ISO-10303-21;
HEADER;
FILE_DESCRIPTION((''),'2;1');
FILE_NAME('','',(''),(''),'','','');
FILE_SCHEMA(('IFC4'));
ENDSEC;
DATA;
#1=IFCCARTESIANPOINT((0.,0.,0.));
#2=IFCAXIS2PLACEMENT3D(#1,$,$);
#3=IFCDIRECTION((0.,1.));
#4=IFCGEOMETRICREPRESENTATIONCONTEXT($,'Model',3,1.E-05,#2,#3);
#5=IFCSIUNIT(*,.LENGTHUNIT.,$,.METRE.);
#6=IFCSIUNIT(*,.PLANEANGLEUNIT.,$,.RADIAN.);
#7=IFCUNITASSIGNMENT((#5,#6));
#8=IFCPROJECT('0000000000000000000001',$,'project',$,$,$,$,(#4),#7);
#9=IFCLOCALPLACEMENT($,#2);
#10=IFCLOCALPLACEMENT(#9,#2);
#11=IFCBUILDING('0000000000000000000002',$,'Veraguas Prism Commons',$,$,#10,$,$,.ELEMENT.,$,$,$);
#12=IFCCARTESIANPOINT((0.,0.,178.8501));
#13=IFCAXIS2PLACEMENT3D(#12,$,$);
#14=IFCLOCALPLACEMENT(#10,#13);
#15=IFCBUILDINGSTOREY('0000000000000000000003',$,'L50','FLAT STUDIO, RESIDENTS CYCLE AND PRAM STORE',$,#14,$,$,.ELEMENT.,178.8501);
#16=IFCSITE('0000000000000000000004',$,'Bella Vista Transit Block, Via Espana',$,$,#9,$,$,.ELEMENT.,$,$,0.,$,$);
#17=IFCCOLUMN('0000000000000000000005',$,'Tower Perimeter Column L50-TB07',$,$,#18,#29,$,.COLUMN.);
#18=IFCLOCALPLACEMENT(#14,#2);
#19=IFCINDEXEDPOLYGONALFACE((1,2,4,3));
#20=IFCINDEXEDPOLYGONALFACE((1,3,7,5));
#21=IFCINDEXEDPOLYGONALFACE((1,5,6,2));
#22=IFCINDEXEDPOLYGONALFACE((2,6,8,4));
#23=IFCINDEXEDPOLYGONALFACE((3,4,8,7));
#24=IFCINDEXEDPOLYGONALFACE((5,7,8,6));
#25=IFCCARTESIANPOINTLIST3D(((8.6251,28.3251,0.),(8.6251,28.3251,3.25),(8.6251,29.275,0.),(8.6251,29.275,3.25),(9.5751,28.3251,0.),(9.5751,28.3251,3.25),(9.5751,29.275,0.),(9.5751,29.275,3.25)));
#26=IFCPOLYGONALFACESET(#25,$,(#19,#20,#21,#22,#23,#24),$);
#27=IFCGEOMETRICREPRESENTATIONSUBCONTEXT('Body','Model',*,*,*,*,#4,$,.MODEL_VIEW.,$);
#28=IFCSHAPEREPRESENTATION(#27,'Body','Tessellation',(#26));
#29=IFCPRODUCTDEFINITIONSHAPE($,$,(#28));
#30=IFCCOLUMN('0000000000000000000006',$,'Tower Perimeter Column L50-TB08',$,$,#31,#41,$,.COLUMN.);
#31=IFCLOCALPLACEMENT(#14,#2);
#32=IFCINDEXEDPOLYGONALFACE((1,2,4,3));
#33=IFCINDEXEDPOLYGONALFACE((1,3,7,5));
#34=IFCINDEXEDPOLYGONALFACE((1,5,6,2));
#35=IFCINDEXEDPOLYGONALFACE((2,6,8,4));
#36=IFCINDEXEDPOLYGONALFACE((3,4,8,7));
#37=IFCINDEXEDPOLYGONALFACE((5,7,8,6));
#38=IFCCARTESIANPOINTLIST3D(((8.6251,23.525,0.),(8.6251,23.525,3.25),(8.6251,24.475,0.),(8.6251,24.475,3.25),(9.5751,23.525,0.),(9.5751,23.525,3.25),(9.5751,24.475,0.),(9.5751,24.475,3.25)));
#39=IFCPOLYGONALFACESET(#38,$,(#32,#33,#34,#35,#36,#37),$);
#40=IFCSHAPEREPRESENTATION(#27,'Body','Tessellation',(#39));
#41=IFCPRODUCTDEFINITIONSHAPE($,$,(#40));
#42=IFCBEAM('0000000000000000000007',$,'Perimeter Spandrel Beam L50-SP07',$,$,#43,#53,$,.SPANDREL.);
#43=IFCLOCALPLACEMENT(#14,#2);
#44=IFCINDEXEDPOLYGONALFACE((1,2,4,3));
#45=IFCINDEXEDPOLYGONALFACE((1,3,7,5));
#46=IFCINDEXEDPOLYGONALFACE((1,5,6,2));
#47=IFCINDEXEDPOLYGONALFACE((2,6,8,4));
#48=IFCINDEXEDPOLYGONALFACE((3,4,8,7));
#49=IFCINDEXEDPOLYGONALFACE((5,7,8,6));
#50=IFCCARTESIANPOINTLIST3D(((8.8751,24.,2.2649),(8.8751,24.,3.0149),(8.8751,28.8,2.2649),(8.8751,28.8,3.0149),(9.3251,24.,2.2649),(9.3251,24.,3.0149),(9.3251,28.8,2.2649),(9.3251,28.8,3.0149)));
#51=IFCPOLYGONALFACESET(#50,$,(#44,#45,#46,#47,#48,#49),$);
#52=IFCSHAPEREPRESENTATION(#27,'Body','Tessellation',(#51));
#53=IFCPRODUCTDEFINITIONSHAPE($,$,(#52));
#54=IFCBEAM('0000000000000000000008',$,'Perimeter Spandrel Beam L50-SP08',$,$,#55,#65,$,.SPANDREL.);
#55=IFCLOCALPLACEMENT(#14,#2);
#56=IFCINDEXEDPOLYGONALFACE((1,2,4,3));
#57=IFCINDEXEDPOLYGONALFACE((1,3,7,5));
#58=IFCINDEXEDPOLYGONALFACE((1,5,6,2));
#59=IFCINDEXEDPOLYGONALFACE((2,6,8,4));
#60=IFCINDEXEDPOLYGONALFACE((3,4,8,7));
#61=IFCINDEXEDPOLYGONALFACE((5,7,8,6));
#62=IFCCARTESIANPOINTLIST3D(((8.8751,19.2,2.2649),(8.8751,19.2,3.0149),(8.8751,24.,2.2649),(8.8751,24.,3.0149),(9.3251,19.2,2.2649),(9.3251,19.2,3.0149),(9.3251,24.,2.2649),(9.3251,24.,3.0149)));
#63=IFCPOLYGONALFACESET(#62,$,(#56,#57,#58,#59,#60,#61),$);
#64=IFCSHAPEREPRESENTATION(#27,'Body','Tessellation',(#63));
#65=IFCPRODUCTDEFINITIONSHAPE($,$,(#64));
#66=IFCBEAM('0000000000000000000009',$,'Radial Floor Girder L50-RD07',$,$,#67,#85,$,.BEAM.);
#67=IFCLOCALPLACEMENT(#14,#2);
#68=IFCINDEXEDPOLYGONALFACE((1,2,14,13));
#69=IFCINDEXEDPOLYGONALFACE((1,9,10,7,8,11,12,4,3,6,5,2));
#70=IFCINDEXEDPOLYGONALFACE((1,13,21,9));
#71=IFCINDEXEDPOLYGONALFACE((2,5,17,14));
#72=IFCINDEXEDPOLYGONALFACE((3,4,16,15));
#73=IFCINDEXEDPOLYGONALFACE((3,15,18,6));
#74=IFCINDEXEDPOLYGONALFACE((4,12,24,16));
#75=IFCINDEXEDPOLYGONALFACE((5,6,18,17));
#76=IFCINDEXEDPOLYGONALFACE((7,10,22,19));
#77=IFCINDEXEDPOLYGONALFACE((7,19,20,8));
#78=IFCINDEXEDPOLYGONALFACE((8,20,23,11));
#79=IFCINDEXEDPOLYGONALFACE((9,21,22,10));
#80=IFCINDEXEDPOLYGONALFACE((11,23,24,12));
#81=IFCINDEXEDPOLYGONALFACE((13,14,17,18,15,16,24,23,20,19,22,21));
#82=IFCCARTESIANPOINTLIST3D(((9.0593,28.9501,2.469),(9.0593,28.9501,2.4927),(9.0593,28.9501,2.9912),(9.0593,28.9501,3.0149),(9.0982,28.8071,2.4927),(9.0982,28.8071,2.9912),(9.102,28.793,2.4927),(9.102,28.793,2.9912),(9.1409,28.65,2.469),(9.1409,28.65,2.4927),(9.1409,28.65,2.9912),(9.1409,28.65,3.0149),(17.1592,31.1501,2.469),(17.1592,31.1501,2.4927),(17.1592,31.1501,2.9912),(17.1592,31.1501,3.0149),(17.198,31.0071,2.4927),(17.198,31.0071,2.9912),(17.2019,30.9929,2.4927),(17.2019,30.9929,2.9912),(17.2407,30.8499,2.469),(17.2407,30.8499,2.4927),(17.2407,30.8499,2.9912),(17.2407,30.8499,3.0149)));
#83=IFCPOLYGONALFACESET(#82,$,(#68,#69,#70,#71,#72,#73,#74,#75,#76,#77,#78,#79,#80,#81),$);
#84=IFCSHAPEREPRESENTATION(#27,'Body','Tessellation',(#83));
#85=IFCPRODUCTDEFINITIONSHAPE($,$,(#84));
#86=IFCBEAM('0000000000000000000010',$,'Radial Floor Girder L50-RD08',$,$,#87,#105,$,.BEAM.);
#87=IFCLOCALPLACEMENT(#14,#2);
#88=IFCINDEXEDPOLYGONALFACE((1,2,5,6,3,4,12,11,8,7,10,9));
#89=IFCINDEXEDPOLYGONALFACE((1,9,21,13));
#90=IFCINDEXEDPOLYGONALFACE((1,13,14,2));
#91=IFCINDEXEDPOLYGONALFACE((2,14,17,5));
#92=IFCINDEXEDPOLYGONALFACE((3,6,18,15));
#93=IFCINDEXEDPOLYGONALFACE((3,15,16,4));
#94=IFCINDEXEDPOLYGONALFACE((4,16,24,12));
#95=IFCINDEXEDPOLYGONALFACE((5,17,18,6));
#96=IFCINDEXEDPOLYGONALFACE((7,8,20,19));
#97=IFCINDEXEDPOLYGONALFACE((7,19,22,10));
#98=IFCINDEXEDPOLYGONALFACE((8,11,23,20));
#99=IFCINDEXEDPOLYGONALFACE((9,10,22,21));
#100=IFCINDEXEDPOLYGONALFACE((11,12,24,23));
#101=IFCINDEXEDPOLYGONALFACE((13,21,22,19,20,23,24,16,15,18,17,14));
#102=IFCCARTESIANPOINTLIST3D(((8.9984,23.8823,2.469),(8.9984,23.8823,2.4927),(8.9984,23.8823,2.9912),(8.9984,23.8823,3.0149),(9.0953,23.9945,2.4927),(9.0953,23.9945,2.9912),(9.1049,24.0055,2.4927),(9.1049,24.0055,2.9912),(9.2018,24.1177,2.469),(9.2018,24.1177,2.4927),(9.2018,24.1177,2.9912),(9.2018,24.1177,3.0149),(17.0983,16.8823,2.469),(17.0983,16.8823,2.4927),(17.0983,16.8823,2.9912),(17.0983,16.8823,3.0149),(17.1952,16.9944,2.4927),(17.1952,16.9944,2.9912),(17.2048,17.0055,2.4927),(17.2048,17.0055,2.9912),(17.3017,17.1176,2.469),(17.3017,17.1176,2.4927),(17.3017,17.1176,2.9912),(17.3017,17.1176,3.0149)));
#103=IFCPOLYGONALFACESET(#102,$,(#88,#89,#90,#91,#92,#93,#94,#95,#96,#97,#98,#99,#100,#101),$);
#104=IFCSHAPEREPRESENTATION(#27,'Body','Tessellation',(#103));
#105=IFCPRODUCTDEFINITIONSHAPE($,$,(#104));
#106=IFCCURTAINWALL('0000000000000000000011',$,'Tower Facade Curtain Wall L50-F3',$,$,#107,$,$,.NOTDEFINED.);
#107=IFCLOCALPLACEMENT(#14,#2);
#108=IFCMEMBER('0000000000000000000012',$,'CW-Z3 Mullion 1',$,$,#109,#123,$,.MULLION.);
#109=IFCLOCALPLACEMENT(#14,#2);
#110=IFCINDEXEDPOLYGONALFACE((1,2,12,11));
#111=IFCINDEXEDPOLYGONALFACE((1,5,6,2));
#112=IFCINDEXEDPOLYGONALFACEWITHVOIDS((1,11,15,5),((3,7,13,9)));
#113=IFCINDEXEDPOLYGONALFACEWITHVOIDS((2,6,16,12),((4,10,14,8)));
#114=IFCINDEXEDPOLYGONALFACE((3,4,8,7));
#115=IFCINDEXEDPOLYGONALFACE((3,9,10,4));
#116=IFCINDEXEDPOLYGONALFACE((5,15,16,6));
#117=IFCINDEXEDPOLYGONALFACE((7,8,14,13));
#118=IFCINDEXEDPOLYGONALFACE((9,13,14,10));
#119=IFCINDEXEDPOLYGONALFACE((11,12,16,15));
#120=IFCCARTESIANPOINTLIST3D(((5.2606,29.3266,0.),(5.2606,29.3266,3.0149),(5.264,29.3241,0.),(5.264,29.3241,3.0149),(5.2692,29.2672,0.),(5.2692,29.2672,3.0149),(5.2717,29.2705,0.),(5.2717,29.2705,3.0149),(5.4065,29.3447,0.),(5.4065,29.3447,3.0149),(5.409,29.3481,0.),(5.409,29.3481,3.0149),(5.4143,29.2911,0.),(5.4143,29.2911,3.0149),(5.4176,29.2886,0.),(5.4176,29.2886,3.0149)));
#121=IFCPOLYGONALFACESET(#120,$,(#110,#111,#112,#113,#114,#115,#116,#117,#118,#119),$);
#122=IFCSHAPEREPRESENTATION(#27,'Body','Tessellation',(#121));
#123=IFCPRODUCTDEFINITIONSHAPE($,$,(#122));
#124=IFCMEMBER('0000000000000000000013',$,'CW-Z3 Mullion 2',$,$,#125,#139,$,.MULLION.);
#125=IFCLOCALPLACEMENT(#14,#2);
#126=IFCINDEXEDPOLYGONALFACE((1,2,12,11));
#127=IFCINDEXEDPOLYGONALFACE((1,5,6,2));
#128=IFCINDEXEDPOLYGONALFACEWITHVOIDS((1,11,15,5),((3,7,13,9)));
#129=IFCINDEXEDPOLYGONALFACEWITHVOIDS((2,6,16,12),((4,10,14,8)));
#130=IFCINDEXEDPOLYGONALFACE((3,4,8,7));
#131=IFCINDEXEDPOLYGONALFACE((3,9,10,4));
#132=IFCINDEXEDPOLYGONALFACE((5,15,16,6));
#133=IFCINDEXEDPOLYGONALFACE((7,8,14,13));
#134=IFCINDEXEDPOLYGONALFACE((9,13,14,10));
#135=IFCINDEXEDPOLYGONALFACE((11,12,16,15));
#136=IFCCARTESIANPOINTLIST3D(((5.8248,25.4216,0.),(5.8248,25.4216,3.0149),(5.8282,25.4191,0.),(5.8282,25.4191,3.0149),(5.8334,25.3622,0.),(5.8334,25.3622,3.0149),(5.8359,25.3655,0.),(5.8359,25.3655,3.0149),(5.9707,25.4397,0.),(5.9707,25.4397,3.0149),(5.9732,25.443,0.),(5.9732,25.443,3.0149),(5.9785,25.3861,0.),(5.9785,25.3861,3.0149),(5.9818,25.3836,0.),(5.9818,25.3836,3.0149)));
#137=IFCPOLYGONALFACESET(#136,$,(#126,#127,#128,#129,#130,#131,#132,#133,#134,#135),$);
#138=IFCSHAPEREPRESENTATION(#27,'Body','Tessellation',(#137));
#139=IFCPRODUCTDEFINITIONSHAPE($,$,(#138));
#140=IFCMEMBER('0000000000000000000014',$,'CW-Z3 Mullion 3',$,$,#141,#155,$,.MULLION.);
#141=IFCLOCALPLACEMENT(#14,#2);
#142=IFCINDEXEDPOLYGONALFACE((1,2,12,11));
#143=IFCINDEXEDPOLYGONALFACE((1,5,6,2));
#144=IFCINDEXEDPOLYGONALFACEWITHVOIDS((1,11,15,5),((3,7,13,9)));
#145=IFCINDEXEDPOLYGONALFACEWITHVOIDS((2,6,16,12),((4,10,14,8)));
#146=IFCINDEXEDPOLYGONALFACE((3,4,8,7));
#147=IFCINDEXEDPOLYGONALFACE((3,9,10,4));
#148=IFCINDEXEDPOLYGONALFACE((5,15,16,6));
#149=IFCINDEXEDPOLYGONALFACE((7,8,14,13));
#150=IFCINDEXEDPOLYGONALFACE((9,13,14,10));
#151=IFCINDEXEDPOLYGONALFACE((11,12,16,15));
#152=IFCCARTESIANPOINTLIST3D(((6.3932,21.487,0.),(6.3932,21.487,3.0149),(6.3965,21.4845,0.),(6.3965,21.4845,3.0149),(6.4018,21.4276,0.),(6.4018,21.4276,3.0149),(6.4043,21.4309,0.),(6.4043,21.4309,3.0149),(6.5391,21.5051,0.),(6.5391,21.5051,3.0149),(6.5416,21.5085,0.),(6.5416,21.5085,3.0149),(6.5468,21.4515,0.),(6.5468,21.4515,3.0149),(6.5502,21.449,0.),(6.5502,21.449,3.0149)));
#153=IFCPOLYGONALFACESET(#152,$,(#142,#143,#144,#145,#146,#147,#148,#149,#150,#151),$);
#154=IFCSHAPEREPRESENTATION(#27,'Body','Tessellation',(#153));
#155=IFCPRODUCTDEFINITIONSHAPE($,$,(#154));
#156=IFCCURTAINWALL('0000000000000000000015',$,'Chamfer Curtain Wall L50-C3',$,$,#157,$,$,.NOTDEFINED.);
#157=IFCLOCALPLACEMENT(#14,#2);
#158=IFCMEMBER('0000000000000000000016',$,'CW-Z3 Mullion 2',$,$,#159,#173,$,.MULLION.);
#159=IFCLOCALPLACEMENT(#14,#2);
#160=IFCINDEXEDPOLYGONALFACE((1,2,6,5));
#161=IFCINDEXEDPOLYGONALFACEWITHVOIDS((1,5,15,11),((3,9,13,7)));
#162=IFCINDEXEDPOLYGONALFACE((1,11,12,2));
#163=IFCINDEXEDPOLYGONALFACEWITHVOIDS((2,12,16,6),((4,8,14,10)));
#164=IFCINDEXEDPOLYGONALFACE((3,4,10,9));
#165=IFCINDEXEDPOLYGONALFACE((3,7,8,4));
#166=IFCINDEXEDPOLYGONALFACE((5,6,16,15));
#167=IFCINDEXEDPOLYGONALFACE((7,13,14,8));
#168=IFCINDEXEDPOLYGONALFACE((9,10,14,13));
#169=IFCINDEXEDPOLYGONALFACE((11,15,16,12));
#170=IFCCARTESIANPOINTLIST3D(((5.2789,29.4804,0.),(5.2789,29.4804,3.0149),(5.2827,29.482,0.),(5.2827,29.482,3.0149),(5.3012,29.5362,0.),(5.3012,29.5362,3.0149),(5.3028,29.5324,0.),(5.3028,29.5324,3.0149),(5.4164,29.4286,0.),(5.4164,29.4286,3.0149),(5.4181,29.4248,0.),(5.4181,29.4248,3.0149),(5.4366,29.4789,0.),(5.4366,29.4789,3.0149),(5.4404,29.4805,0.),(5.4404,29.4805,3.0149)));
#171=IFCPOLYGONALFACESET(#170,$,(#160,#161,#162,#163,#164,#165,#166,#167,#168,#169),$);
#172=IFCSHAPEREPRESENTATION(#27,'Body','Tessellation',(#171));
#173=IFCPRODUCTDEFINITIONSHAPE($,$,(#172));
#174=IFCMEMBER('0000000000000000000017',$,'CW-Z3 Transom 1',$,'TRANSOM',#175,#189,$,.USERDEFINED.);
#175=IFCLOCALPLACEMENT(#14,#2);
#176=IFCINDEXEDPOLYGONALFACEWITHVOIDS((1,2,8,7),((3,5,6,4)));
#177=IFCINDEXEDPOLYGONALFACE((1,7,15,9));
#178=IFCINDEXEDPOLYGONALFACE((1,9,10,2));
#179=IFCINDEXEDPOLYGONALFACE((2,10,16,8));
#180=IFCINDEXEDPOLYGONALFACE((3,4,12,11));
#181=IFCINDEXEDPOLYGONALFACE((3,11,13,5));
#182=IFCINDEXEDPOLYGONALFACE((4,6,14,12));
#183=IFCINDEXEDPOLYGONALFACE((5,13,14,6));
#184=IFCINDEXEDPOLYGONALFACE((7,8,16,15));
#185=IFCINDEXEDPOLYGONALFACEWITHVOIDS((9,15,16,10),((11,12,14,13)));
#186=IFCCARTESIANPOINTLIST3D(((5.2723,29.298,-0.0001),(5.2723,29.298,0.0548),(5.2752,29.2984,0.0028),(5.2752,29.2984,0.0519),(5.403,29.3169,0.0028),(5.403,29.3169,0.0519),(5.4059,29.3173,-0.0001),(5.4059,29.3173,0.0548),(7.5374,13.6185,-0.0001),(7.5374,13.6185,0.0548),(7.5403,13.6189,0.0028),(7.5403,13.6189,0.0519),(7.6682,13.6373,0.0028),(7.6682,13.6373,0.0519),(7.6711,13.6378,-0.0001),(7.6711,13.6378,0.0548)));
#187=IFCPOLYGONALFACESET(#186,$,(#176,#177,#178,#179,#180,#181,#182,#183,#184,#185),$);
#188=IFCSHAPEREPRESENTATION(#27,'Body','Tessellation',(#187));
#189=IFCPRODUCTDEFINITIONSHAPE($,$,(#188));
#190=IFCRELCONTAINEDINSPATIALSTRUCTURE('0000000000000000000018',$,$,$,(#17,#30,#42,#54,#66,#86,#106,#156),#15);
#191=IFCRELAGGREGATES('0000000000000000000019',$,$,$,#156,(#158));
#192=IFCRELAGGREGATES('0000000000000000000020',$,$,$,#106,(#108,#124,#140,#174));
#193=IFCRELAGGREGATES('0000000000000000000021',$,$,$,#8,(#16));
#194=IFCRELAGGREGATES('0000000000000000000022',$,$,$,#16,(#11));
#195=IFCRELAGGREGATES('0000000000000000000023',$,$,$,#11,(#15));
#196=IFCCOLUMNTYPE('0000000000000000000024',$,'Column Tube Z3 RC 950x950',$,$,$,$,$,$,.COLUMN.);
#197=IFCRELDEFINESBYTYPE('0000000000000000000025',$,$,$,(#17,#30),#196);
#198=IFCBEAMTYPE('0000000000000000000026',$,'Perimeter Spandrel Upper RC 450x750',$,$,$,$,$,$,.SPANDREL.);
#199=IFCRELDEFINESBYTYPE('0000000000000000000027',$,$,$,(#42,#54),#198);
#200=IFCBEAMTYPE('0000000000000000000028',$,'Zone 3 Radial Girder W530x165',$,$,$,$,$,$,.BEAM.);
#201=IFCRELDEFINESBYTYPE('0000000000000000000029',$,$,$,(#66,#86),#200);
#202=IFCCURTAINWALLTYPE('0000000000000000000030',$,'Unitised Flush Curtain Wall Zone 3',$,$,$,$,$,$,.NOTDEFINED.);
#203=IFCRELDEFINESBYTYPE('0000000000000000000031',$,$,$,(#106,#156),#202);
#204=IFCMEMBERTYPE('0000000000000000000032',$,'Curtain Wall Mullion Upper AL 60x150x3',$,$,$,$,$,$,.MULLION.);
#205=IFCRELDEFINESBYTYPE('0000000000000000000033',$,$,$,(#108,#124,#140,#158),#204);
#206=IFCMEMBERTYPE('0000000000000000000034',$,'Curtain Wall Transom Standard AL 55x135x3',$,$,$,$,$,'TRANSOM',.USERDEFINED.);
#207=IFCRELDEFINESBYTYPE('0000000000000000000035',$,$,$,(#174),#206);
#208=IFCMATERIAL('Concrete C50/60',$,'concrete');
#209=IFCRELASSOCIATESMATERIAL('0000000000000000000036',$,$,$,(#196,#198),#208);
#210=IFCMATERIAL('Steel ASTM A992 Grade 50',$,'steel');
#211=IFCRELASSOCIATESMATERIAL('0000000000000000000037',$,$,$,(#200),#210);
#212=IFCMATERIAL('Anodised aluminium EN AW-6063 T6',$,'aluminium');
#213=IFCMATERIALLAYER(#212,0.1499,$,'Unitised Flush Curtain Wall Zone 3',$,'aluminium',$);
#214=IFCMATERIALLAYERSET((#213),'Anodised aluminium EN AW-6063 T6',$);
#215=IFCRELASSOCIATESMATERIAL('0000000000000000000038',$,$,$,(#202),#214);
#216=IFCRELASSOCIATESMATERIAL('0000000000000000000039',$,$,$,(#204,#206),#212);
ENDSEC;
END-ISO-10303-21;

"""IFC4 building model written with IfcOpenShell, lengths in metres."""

from ifc_helpers import new_model, si_unit, direction, frame, origin, origin_2d, place, context, subcontext, project, spatial, rectangle, hollow_rectangle, i_section, extrude, source, transform, mapped, material, layer, layer_set, material_profile, profile_set, type_object, element, aggregate, save


model = new_model("IFC4")

# Units and contexts
model_context = context("Model", 3, precision=1e-05, world=origin(), true_north=direction((0.0, 1.0)))
body_context = subcontext(model_context, "Body", "Model", "MODEL_VIEW")
ifc_project = project(units=[si_unit("LENGTHUNIT", "METRE"), si_unit("PLANEANGLEUNIT", "RADIAN")], contexts=[model_context])

# Site, building, storey
site_placement = place(None, origin())
site = spatial("IfcSite", under=ifc_project, at=site_placement, Name="Bella Vista Transit Block, Via Espana", CompositionType="ELEMENT", RefElevation=0.0)
building_placement = place(site_placement, origin())
building = spatial("IfcBuilding", under=site, at=building_placement, Name="Veraguas Prism Commons", CompositionType="ELEMENT")
storey_placement = place(building_placement, frame((0.0, 0.0, 178.8501)))
storey = spatial("IfcBuildingStorey", under=building, at=storey_placement, Name="L50", Description="FLAT STUDIO, RESIDENTS CYCLE AND PRAM STORE", CompositionType="ELEMENT", Elevation=178.8501)

# Columns
ifc_material_1 = material(Name="Concrete C50/60", Category="concrete")
ifc_material_profile_1 = material_profile(ifc_material_1, rectangle(XDim=0.95, YDim=0.95, at=origin_2d()), Name="RC950X950")
ifc_profile_set_1 = profile_set([ifc_material_profile_1], Name="Concrete C50/60")
column_type = type_object("IfcColumnType", Name="Column Tube Z3 RC 950x950", PredefinedType="COLUMN", material=ifc_profile_set_1)
for number, where, z_axis, x_axis, name in (
    (1, (9.1001, 28.8, 0.0), (0.0, 0.0, 1.0), (1.0, 0.0, 0.0), "Tower Perimeter Column L50-TB07"),
    (2, (9.1001, 24.0, 0.0), (0.0, 0.0, 1.0), (1.0, 0.0, 0.0), "Tower Perimeter Column L50-TB08"),
):
    element("IfcColumn", number, at=place(storey_placement, frame(where, z_axis=z_axis, x_axis=x_axis)), inside=storey, type_object=column_type, Name=name, PredefinedType="COLUMN", context=body_context, shape_type="SweptSolid", body=[
        extrude(rectangle(XDim=0.95, YDim=0.95, at=origin_2d()), origin(), (0.0, 0.0, 1.0), 3.25),
    ])

# Beams
ifc_material_profile_2 = material_profile(ifc_material_1, rectangle(XDim=0.45, YDim=0.75, at=origin_2d()), Name="RC450X750")
ifc_profile_set_2 = profile_set([ifc_material_profile_2], Name="Concrete C50/60")
beam_type_1 = type_object("IfcBeamType", Name="Perimeter Spandrel Upper RC 450x750", PredefinedType="SPANDREL", material=ifc_profile_set_2)
for number, where, z_axis, x_axis, name in (
    (3, (9.1001, 28.8, 2.6399), (0.0, -1.0, 0.0), (1.0, 0.0, 0.0), "Perimeter Spandrel Beam L50-SP07"),
    (4, (9.1001, 24.0, 2.6399), (0.0, -1.0, 0.0), (1.0, 0.0, 0.0), "Perimeter Spandrel Beam L50-SP08"),
):
    element("IfcBeam", number, at=place(storey_placement, frame(where, z_axis=z_axis, x_axis=x_axis)), inside=storey, type_object=beam_type_1, Name=name, PredefinedType="SPANDREL", context=body_context, shape_type="SweptSolid", body=[
        extrude(rectangle(XDim=0.45, YDim=0.75, at=origin_2d()), origin(), (0.0, 0.0, 1.0), 4.8),
    ])
ifc_material_2 = material(Name="Steel ASTM A992 Grade 50", Category="steel")
ifc_material_profile_3 = material_profile(ifc_material_2, i_section(OverallWidth=0.311, OverallDepth=0.5459, WebThickness=0.0146, FlangeThickness=0.0237, at=origin_2d()), Name="W530X165")
ifc_profile_set_3 = profile_set([ifc_material_profile_3], Name="Steel ASTM A992 Grade 50")
beam_type_2 = type_object("IfcBeamType", Name="Zone 3 Radial Girder W530x165", PredefinedType="BEAM", material=ifc_profile_set_3)
beam_1_placement = place(storey_placement, frame((9.1001, 28.8, 2.7419), z_axis=(0.965039, 0.262108, 0.0), x_axis=(-0.262108, 0.965039, 0.0)))
element("IfcBeam", 5, at=beam_1_placement, inside=storey, type_object=beam_type_2, Name="Radial Floor Girder L50-RD07", PredefinedType="BEAM", context=body_context, shape_type="SweptSolid", body=[
    extrude(i_section(OverallWidth=0.311, OverallDepth=0.5459, WebThickness=0.0146, FlangeThickness=0.0237, at=origin_2d()), origin(), (0.0, 0.0, 1.0), 8.3933),
])
beam_2_placement = place(storey_placement, frame((9.1001, 24.0, 2.7419), z_axis=(0.756607, -0.65387, 0.0), x_axis=(0.65387, 0.756607, 0.0)))
element("IfcBeam", 6, at=beam_2_placement, inside=storey, type_object=beam_type_2, Name="Radial Floor Girder L50-RD08", PredefinedType="BEAM", context=body_context, shape_type="SweptSolid", body=[
    extrude(i_section(OverallWidth=0.311, OverallDepth=0.5459, WebThickness=0.0146, FlangeThickness=0.0237, at=origin_2d()), origin(), (0.0, 0.0, 1.0), 10.7056),
])

# Curtain wall, members
ifc_material_3 = material(Name="Anodised aluminium EN AW-6063 T6", Category="aluminium")
ifc_layer_1 = layer(ifc_material_3, 0.1499, Name="Unitised Flush Curtain Wall Zone 3", Category="aluminium")
ifc_layer_set_1 = layer_set([ifc_layer_1], Name="Anodised aluminium EN AW-6063 T6")
curtain_wall_type = type_object("IfcCurtainWallType", Name="Unitised Flush Curtain Wall Zone 3", PredefinedType="NOTDEFINED", material=ifc_layer_set_1)
curtain_wall_1_placement = place(storey_placement, origin())
curtain_wall_1 = element("IfcCurtainWall", 7, at=curtain_wall_1_placement, inside=storey, type_object=curtain_wall_type, Name="Tower Facade Curtain Wall L50-F3", PredefinedType="NOTDEFINED")
ifc_material_profile_4 = material_profile(ifc_material_3, hollow_rectangle(XDim=0.0601, YDim=0.1499, WallThickness=0.0029, at=origin_2d()), Name="AL60X150X3")
ifc_profile_set_4 = profile_set([ifc_material_profile_4], Name="Anodised aluminium EN AW-6063 T6")
member_type_1 = type_object("IfcMemberType", Name="Curtain Wall Mullion Upper AL 60x150x3", PredefinedType="MULLION", material=ifc_profile_set_4)
shared_shape_1 = source(origin(), body_context, "Body", "SweptSolid", [
    extrude(hollow_rectangle(XDim=0.0601, YDim=0.1499, WallThickness=0.0029, at=origin_2d()), origin(), (0.0, 0.0, 1.0), 3.0149),
])
member_1_placement = place(storey_placement, frame((5.3391, 29.3076, 0.0), z_axis=(0.0, 0.0, 1.0), x_axis=(0.142973, -0.989727, 0.0)))
member_1 = element("IfcMember", 8, at=member_1_placement, type_object=member_type_1, Name="CW-Z3 Mullion 1", PredefinedType="MULLION", context=body_context, shape_type="MappedRepresentation", body=[
    mapped(shared_shape_1, transform((0.0, 0.0, 0.0), scale=1.0)),
])
member_2_placement = place(storey_placement, frame((5.9033, 25.4026, 0.0), z_axis=(0.0, 0.0, 1.0), x_axis=(0.142973, -0.989727, 0.0)))
member_2 = element("IfcMember", 9, at=member_2_placement, type_object=member_type_1, Name="CW-Z3 Mullion 2", PredefinedType="MULLION", context=body_context, shape_type="MappedRepresentation", body=[
    mapped(shared_shape_1, transform((0.0, 0.0, 0.0), scale=1.0)),
])
member_3_placement = place(storey_placement, frame((6.4717, 21.468, 0.0), z_axis=(0.0, 0.0, 1.0), x_axis=(0.142973, -0.989727, 0.0)))
member_3 = element("IfcMember", 10, at=member_3_placement, type_object=member_type_1, Name="CW-Z3 Mullion 3", PredefinedType="MULLION", context=body_context, shape_type="MappedRepresentation", body=[
    mapped(shared_shape_1, transform((0.0, 0.0, 0.0), scale=1.0)),
])

# Curtain wall, member
curtain_wall_2_placement = place(storey_placement, origin())
curtain_wall_2 = element("IfcCurtainWall", 11, at=curtain_wall_2_placement, inside=storey, type_object=curtain_wall_type, Name="Chamfer Curtain Wall L50-C3", PredefinedType="NOTDEFINED")
member_4_placement = place(storey_placement, frame((5.3596, 29.4805, 0.0), z_axis=(0.0, 0.0, 1.0), x_axis=(-0.371015, -0.928627, 0.0)))
member_4 = element("IfcMember", 12, at=member_4_placement, type_object=member_type_1, Name="CW-Z3 Mullion 2", PredefinedType="MULLION", context=body_context, shape_type="MappedRepresentation", body=[
    mapped(shared_shape_1, transform((0.0, 0.0, 0.0), scale=1.0)),
])
aggregate(curtain_wall_2, [member_4])

# Member
ifc_material_profile_5 = material_profile(ifc_material_3, hollow_rectangle(XDim=0.0549, YDim=0.135, WallThickness=0.0029, at=origin_2d()), Name="AL55X135X3")
ifc_profile_set_5 = profile_set([ifc_material_profile_5], Name="Anodised aluminium EN AW-6063 T6")
member_type_2 = type_object("IfcMemberType", Name="Curtain Wall Transom Standard AL 55x135x3", ElementType="TRANSOM", PredefinedType="USERDEFINED", material=ifc_profile_set_5)
shared_shape_2 = source(origin(), body_context, "Body", "SweptSolid", [
    extrude(hollow_rectangle(XDim=0.0549, YDim=0.135, WallThickness=0.0029, at=origin_2d()), origin(), (0.0, 0.0, 1.0), 15.8423),
])
member_5_placement = place(storey_placement, frame((5.3391, 29.3076, 0.0273), z_axis=(0.142981, -0.989725, 0.0), x_axis=(0.0, 0.0, 1.0)))
member_5 = element("IfcMember", 13, at=member_5_placement, type_object=member_type_2, Name="CW-Z3 Transom 1", ObjectType="TRANSOM", PredefinedType="USERDEFINED", context=body_context, shape_type="MappedRepresentation", body=[
    mapped(shared_shape_2, transform((0.0, 0.0, 0.0), scale=1.0)),
])

aggregate(curtain_wall_1, [member_1, member_2, member_3, member_5])

save(model, "model.ifc")
